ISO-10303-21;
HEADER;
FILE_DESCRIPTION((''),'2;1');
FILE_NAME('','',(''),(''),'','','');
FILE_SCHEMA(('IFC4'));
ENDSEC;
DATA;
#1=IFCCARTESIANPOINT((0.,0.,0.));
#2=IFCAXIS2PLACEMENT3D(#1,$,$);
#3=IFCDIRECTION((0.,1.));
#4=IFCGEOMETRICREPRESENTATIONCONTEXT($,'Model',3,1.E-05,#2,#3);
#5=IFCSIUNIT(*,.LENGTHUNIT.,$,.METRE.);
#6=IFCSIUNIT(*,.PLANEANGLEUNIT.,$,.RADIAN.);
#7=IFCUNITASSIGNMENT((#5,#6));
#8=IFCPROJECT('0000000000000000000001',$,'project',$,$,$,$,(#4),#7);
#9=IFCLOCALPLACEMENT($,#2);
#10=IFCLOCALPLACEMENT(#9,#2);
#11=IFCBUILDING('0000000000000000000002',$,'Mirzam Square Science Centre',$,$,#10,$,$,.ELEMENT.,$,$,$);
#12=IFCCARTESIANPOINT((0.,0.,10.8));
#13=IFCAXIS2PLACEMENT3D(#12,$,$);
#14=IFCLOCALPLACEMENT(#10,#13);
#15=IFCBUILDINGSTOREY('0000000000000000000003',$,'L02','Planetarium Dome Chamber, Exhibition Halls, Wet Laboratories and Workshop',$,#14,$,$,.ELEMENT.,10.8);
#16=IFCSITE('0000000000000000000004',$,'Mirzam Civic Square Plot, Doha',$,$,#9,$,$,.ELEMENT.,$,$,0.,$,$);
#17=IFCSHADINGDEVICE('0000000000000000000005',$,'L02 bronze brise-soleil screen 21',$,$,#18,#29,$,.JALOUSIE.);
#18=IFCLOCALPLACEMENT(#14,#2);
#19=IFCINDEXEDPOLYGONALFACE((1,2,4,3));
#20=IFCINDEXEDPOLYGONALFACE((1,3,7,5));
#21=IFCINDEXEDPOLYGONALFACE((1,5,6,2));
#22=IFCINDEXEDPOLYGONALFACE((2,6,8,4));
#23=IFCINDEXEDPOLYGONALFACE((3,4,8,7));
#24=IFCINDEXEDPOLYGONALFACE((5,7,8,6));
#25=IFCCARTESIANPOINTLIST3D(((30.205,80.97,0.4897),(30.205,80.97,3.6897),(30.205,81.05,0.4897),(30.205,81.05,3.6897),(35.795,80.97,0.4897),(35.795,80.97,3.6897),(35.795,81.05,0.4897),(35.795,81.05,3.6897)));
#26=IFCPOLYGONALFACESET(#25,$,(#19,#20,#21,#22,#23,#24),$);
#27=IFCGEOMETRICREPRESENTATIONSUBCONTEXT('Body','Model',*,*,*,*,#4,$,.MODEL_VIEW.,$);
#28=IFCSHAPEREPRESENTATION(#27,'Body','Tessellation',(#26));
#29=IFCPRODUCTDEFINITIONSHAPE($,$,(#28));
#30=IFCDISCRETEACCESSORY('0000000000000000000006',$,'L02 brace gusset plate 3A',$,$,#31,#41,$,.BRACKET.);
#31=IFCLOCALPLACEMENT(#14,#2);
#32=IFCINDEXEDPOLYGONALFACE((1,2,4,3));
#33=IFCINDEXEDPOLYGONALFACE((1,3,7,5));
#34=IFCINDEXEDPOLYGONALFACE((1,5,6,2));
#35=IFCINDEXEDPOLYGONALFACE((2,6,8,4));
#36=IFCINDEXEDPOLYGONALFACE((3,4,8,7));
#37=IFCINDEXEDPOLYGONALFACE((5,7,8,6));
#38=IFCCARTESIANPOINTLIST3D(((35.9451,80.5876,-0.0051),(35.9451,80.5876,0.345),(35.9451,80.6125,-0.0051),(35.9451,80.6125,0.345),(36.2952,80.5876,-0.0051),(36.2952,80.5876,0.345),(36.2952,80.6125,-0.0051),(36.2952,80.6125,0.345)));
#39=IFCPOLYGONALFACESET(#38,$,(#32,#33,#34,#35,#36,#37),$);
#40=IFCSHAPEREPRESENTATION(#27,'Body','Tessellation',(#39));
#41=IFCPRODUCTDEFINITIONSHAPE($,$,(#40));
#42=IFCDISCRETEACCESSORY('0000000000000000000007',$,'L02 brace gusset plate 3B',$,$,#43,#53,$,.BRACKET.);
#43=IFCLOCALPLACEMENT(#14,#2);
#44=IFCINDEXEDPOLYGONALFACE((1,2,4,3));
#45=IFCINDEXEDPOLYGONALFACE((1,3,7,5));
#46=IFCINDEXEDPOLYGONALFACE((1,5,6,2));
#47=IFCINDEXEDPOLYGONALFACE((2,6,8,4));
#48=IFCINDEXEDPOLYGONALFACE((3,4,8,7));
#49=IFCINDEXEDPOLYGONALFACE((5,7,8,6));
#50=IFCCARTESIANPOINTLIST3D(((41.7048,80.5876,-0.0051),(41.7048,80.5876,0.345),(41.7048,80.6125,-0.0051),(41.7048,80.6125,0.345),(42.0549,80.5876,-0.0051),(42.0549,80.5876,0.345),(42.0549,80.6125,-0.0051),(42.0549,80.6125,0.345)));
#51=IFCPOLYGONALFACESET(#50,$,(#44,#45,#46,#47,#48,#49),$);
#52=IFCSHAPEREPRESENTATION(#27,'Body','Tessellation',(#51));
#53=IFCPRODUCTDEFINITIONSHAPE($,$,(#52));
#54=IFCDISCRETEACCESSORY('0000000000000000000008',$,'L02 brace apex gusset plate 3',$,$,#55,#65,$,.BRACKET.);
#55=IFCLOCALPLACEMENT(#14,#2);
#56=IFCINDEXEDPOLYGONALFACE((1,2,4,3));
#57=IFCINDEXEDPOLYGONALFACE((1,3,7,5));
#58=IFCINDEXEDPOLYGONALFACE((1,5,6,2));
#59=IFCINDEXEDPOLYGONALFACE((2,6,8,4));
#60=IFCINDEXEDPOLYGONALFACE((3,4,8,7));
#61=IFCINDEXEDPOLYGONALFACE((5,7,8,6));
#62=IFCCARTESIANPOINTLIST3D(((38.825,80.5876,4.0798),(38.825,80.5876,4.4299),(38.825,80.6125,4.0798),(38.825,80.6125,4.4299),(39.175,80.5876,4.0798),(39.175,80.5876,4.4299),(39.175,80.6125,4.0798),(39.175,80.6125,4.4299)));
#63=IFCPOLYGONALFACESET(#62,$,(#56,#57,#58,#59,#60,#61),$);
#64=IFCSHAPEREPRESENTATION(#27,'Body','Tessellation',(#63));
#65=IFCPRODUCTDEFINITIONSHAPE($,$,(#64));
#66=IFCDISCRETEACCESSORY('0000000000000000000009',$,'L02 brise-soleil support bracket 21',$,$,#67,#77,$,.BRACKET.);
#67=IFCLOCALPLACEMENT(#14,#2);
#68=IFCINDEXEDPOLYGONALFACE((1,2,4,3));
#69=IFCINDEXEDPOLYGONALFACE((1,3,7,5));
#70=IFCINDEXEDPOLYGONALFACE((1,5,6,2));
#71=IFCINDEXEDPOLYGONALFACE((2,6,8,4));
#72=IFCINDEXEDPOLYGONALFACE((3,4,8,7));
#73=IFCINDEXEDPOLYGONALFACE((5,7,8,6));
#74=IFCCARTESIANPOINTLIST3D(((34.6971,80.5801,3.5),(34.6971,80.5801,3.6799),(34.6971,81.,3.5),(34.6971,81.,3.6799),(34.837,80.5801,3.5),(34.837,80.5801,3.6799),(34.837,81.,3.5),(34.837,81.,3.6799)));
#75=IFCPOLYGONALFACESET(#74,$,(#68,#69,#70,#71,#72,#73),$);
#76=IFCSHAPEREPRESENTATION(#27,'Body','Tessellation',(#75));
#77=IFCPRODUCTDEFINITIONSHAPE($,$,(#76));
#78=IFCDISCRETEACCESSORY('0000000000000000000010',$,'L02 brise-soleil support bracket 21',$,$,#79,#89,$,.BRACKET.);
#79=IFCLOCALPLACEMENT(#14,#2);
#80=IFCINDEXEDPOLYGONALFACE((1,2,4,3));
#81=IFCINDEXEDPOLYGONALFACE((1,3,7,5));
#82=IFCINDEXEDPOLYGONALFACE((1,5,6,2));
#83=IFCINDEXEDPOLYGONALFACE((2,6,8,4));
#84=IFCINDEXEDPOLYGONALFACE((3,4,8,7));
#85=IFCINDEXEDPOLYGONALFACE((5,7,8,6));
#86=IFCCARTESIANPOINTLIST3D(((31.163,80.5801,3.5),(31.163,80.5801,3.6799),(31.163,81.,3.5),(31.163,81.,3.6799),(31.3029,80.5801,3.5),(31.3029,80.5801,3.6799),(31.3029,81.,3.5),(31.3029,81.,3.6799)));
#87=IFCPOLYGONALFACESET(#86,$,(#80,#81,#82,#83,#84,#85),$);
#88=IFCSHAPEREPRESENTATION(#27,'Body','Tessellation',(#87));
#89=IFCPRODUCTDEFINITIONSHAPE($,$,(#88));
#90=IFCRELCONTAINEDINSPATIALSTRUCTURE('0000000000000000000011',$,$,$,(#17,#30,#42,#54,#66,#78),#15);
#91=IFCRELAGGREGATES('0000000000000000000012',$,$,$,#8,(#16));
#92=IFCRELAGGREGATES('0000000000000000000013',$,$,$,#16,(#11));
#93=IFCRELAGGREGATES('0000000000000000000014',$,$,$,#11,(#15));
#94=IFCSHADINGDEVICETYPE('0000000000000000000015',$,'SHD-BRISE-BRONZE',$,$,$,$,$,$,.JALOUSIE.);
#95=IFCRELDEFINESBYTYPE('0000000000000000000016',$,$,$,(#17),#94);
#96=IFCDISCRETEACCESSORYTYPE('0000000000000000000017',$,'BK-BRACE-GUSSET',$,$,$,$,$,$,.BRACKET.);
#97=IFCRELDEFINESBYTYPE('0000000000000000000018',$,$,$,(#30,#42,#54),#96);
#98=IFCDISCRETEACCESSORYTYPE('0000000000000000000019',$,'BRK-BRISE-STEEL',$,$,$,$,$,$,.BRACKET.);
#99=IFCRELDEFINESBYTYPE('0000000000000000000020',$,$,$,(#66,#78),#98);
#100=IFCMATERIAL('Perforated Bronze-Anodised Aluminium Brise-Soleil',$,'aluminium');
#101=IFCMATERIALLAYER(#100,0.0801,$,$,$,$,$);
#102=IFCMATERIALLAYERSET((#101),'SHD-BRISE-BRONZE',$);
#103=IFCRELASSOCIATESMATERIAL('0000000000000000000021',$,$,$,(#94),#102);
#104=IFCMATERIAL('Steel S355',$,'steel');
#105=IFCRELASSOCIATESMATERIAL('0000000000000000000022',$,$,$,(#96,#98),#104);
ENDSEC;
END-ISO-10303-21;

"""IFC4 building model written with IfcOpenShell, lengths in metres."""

from ifc_helpers import new_model, si_unit, direction, frame, origin, origin_2d, place, context, subcontext, project, spatial, rectangle, extrude, material, layer, layer_set, type_object, element, save


model = new_model("IFC4")

# Units and contexts
model_context = context("Model", 3, precision=1e-05, world=origin(), true_north=direction((0.0, 1.0)))
body_context = subcontext(model_context, "Body", "Model", "MODEL_VIEW")
ifc_project = project(units=[si_unit("LENGTHUNIT", "METRE"), si_unit("PLANEANGLEUNIT", "RADIAN")], contexts=[model_context])

# Site, building, storey
site_placement = place(None, origin())
site = spatial("IfcSite", under=ifc_project, at=site_placement, Name="Mirzam Civic Square Plot, Doha", CompositionType="ELEMENT", RefElevation=0.0)
building_placement = place(site_placement, origin())
building = spatial("IfcBuilding", under=site, at=building_placement, Name="Mirzam Square Science Centre", CompositionType="ELEMENT")
storey_placement = place(building_placement, frame((0.0, 0.0, 10.8)))
storey = spatial("IfcBuildingStorey", under=building, at=storey_placement, Name="L02", Description="Planetarium Dome Chamber, Exhibition Halls, Wet Laboratories and Workshop", CompositionType="ELEMENT", Elevation=10.8)

# Shared definitions
ifc_material_1 = material(Name="Steel S355", Category="steel")

# Shading device
ifc_material_2 = material(Name="Perforated Bronze-Anodised Aluminium Brise-Soleil", Category="aluminium")
ifc_layer_1 = layer(ifc_material_2, 0.0801)
ifc_layer_set_1 = layer_set([ifc_layer_1], Name="SHD-BRISE-BRONZE")
shading_device_type = type_object("IfcShadingDeviceType", Name="SHD-BRISE-BRONZE", PredefinedType="JALOUSIE", material=ifc_layer_set_1)
shading_device_placement = place(storey_placement, frame((33.0, 81.01, 0.4897), z_axis=(0.0, 0.0, 1.0), x_axis=(-1.0, 0.0, 0.0)))
element("IfcShadingDevice", 1, at=shading_device_placement, inside=storey, type_object=shading_device_type, Name="L02 bronze brise-soleil screen 21", PredefinedType="JALOUSIE", context=body_context, shape_type="SweptSolid", body=[
    extrude(rectangle(XDim=5.5901, YDim=0.0801, at=origin_2d()), origin(), (0.0, 0.0, 1.0), 3.2),
])

# Discrete accessories
discrete_accessory_type_1 = type_object("IfcDiscreteAccessoryType", Name="BK-BRACE-GUSSET", PredefinedType="BRACKET", material=ifc_material_1)
for number, where, z_axis, x_axis, name in (
    (2, (36.1201, 80.6001, -0.0051), (0.0, 0.0, 1.0), (1.0, 0.0, 0.0), "L02 brace gusset plate 3A"),
    (3, (41.8799, 80.6001, -0.0051), (0.0, 0.0, 1.0), (1.0, 0.0, 0.0), "L02 brace gusset plate 3B"),
    (4, (39.0, 80.6001, 4.0798), (0.0, 0.0, 1.0), (1.0, 0.0, 0.0), "L02 brace apex gusset plate 3"),
):
    element("IfcDiscreteAccessory", number, at=place(storey_placement, frame(where, z_axis=z_axis, x_axis=x_axis)), inside=storey, type_object=discrete_accessory_type_1, Name=name, PredefinedType="BRACKET", context=body_context, shape_type="SweptSolid", body=[
        extrude(rectangle(XDim=0.3501, YDim=0.0249, at=origin_2d()), origin(), (0.0, 0.0, 1.0), 0.3501),
    ])
discrete_accessory_type_2 = type_object("IfcDiscreteAccessoryType", Name="BRK-BRISE-STEEL", PredefinedType="BRACKET", material=ifc_material_1)
for number, where, z_axis, x_axis, name in (
    (5, (34.7671, 80.79, 3.5), (0.0, 0.0, 1.0), (-1.0, 0.0, 0.0), "L02 brise-soleil support bracket 21"),
    (6, (31.2329, 80.79, 3.5), (0.0, 0.0, 1.0), (-1.0, 0.0, 0.0), "L02 brise-soleil support bracket 21"),
):
    element("IfcDiscreteAccessory", number, at=place(storey_placement, frame(where, z_axis=z_axis, x_axis=x_axis)), inside=storey, type_object=discrete_accessory_type_2, Name=name, PredefinedType="BRACKET", context=body_context, shape_type="SweptSolid", body=[
        extrude(rectangle(XDim=0.1399, YDim=0.4199, at=origin_2d()), origin(), (0.0, 0.0, 1.0), 0.1799),
    ])

save(model, "model.ifc")
